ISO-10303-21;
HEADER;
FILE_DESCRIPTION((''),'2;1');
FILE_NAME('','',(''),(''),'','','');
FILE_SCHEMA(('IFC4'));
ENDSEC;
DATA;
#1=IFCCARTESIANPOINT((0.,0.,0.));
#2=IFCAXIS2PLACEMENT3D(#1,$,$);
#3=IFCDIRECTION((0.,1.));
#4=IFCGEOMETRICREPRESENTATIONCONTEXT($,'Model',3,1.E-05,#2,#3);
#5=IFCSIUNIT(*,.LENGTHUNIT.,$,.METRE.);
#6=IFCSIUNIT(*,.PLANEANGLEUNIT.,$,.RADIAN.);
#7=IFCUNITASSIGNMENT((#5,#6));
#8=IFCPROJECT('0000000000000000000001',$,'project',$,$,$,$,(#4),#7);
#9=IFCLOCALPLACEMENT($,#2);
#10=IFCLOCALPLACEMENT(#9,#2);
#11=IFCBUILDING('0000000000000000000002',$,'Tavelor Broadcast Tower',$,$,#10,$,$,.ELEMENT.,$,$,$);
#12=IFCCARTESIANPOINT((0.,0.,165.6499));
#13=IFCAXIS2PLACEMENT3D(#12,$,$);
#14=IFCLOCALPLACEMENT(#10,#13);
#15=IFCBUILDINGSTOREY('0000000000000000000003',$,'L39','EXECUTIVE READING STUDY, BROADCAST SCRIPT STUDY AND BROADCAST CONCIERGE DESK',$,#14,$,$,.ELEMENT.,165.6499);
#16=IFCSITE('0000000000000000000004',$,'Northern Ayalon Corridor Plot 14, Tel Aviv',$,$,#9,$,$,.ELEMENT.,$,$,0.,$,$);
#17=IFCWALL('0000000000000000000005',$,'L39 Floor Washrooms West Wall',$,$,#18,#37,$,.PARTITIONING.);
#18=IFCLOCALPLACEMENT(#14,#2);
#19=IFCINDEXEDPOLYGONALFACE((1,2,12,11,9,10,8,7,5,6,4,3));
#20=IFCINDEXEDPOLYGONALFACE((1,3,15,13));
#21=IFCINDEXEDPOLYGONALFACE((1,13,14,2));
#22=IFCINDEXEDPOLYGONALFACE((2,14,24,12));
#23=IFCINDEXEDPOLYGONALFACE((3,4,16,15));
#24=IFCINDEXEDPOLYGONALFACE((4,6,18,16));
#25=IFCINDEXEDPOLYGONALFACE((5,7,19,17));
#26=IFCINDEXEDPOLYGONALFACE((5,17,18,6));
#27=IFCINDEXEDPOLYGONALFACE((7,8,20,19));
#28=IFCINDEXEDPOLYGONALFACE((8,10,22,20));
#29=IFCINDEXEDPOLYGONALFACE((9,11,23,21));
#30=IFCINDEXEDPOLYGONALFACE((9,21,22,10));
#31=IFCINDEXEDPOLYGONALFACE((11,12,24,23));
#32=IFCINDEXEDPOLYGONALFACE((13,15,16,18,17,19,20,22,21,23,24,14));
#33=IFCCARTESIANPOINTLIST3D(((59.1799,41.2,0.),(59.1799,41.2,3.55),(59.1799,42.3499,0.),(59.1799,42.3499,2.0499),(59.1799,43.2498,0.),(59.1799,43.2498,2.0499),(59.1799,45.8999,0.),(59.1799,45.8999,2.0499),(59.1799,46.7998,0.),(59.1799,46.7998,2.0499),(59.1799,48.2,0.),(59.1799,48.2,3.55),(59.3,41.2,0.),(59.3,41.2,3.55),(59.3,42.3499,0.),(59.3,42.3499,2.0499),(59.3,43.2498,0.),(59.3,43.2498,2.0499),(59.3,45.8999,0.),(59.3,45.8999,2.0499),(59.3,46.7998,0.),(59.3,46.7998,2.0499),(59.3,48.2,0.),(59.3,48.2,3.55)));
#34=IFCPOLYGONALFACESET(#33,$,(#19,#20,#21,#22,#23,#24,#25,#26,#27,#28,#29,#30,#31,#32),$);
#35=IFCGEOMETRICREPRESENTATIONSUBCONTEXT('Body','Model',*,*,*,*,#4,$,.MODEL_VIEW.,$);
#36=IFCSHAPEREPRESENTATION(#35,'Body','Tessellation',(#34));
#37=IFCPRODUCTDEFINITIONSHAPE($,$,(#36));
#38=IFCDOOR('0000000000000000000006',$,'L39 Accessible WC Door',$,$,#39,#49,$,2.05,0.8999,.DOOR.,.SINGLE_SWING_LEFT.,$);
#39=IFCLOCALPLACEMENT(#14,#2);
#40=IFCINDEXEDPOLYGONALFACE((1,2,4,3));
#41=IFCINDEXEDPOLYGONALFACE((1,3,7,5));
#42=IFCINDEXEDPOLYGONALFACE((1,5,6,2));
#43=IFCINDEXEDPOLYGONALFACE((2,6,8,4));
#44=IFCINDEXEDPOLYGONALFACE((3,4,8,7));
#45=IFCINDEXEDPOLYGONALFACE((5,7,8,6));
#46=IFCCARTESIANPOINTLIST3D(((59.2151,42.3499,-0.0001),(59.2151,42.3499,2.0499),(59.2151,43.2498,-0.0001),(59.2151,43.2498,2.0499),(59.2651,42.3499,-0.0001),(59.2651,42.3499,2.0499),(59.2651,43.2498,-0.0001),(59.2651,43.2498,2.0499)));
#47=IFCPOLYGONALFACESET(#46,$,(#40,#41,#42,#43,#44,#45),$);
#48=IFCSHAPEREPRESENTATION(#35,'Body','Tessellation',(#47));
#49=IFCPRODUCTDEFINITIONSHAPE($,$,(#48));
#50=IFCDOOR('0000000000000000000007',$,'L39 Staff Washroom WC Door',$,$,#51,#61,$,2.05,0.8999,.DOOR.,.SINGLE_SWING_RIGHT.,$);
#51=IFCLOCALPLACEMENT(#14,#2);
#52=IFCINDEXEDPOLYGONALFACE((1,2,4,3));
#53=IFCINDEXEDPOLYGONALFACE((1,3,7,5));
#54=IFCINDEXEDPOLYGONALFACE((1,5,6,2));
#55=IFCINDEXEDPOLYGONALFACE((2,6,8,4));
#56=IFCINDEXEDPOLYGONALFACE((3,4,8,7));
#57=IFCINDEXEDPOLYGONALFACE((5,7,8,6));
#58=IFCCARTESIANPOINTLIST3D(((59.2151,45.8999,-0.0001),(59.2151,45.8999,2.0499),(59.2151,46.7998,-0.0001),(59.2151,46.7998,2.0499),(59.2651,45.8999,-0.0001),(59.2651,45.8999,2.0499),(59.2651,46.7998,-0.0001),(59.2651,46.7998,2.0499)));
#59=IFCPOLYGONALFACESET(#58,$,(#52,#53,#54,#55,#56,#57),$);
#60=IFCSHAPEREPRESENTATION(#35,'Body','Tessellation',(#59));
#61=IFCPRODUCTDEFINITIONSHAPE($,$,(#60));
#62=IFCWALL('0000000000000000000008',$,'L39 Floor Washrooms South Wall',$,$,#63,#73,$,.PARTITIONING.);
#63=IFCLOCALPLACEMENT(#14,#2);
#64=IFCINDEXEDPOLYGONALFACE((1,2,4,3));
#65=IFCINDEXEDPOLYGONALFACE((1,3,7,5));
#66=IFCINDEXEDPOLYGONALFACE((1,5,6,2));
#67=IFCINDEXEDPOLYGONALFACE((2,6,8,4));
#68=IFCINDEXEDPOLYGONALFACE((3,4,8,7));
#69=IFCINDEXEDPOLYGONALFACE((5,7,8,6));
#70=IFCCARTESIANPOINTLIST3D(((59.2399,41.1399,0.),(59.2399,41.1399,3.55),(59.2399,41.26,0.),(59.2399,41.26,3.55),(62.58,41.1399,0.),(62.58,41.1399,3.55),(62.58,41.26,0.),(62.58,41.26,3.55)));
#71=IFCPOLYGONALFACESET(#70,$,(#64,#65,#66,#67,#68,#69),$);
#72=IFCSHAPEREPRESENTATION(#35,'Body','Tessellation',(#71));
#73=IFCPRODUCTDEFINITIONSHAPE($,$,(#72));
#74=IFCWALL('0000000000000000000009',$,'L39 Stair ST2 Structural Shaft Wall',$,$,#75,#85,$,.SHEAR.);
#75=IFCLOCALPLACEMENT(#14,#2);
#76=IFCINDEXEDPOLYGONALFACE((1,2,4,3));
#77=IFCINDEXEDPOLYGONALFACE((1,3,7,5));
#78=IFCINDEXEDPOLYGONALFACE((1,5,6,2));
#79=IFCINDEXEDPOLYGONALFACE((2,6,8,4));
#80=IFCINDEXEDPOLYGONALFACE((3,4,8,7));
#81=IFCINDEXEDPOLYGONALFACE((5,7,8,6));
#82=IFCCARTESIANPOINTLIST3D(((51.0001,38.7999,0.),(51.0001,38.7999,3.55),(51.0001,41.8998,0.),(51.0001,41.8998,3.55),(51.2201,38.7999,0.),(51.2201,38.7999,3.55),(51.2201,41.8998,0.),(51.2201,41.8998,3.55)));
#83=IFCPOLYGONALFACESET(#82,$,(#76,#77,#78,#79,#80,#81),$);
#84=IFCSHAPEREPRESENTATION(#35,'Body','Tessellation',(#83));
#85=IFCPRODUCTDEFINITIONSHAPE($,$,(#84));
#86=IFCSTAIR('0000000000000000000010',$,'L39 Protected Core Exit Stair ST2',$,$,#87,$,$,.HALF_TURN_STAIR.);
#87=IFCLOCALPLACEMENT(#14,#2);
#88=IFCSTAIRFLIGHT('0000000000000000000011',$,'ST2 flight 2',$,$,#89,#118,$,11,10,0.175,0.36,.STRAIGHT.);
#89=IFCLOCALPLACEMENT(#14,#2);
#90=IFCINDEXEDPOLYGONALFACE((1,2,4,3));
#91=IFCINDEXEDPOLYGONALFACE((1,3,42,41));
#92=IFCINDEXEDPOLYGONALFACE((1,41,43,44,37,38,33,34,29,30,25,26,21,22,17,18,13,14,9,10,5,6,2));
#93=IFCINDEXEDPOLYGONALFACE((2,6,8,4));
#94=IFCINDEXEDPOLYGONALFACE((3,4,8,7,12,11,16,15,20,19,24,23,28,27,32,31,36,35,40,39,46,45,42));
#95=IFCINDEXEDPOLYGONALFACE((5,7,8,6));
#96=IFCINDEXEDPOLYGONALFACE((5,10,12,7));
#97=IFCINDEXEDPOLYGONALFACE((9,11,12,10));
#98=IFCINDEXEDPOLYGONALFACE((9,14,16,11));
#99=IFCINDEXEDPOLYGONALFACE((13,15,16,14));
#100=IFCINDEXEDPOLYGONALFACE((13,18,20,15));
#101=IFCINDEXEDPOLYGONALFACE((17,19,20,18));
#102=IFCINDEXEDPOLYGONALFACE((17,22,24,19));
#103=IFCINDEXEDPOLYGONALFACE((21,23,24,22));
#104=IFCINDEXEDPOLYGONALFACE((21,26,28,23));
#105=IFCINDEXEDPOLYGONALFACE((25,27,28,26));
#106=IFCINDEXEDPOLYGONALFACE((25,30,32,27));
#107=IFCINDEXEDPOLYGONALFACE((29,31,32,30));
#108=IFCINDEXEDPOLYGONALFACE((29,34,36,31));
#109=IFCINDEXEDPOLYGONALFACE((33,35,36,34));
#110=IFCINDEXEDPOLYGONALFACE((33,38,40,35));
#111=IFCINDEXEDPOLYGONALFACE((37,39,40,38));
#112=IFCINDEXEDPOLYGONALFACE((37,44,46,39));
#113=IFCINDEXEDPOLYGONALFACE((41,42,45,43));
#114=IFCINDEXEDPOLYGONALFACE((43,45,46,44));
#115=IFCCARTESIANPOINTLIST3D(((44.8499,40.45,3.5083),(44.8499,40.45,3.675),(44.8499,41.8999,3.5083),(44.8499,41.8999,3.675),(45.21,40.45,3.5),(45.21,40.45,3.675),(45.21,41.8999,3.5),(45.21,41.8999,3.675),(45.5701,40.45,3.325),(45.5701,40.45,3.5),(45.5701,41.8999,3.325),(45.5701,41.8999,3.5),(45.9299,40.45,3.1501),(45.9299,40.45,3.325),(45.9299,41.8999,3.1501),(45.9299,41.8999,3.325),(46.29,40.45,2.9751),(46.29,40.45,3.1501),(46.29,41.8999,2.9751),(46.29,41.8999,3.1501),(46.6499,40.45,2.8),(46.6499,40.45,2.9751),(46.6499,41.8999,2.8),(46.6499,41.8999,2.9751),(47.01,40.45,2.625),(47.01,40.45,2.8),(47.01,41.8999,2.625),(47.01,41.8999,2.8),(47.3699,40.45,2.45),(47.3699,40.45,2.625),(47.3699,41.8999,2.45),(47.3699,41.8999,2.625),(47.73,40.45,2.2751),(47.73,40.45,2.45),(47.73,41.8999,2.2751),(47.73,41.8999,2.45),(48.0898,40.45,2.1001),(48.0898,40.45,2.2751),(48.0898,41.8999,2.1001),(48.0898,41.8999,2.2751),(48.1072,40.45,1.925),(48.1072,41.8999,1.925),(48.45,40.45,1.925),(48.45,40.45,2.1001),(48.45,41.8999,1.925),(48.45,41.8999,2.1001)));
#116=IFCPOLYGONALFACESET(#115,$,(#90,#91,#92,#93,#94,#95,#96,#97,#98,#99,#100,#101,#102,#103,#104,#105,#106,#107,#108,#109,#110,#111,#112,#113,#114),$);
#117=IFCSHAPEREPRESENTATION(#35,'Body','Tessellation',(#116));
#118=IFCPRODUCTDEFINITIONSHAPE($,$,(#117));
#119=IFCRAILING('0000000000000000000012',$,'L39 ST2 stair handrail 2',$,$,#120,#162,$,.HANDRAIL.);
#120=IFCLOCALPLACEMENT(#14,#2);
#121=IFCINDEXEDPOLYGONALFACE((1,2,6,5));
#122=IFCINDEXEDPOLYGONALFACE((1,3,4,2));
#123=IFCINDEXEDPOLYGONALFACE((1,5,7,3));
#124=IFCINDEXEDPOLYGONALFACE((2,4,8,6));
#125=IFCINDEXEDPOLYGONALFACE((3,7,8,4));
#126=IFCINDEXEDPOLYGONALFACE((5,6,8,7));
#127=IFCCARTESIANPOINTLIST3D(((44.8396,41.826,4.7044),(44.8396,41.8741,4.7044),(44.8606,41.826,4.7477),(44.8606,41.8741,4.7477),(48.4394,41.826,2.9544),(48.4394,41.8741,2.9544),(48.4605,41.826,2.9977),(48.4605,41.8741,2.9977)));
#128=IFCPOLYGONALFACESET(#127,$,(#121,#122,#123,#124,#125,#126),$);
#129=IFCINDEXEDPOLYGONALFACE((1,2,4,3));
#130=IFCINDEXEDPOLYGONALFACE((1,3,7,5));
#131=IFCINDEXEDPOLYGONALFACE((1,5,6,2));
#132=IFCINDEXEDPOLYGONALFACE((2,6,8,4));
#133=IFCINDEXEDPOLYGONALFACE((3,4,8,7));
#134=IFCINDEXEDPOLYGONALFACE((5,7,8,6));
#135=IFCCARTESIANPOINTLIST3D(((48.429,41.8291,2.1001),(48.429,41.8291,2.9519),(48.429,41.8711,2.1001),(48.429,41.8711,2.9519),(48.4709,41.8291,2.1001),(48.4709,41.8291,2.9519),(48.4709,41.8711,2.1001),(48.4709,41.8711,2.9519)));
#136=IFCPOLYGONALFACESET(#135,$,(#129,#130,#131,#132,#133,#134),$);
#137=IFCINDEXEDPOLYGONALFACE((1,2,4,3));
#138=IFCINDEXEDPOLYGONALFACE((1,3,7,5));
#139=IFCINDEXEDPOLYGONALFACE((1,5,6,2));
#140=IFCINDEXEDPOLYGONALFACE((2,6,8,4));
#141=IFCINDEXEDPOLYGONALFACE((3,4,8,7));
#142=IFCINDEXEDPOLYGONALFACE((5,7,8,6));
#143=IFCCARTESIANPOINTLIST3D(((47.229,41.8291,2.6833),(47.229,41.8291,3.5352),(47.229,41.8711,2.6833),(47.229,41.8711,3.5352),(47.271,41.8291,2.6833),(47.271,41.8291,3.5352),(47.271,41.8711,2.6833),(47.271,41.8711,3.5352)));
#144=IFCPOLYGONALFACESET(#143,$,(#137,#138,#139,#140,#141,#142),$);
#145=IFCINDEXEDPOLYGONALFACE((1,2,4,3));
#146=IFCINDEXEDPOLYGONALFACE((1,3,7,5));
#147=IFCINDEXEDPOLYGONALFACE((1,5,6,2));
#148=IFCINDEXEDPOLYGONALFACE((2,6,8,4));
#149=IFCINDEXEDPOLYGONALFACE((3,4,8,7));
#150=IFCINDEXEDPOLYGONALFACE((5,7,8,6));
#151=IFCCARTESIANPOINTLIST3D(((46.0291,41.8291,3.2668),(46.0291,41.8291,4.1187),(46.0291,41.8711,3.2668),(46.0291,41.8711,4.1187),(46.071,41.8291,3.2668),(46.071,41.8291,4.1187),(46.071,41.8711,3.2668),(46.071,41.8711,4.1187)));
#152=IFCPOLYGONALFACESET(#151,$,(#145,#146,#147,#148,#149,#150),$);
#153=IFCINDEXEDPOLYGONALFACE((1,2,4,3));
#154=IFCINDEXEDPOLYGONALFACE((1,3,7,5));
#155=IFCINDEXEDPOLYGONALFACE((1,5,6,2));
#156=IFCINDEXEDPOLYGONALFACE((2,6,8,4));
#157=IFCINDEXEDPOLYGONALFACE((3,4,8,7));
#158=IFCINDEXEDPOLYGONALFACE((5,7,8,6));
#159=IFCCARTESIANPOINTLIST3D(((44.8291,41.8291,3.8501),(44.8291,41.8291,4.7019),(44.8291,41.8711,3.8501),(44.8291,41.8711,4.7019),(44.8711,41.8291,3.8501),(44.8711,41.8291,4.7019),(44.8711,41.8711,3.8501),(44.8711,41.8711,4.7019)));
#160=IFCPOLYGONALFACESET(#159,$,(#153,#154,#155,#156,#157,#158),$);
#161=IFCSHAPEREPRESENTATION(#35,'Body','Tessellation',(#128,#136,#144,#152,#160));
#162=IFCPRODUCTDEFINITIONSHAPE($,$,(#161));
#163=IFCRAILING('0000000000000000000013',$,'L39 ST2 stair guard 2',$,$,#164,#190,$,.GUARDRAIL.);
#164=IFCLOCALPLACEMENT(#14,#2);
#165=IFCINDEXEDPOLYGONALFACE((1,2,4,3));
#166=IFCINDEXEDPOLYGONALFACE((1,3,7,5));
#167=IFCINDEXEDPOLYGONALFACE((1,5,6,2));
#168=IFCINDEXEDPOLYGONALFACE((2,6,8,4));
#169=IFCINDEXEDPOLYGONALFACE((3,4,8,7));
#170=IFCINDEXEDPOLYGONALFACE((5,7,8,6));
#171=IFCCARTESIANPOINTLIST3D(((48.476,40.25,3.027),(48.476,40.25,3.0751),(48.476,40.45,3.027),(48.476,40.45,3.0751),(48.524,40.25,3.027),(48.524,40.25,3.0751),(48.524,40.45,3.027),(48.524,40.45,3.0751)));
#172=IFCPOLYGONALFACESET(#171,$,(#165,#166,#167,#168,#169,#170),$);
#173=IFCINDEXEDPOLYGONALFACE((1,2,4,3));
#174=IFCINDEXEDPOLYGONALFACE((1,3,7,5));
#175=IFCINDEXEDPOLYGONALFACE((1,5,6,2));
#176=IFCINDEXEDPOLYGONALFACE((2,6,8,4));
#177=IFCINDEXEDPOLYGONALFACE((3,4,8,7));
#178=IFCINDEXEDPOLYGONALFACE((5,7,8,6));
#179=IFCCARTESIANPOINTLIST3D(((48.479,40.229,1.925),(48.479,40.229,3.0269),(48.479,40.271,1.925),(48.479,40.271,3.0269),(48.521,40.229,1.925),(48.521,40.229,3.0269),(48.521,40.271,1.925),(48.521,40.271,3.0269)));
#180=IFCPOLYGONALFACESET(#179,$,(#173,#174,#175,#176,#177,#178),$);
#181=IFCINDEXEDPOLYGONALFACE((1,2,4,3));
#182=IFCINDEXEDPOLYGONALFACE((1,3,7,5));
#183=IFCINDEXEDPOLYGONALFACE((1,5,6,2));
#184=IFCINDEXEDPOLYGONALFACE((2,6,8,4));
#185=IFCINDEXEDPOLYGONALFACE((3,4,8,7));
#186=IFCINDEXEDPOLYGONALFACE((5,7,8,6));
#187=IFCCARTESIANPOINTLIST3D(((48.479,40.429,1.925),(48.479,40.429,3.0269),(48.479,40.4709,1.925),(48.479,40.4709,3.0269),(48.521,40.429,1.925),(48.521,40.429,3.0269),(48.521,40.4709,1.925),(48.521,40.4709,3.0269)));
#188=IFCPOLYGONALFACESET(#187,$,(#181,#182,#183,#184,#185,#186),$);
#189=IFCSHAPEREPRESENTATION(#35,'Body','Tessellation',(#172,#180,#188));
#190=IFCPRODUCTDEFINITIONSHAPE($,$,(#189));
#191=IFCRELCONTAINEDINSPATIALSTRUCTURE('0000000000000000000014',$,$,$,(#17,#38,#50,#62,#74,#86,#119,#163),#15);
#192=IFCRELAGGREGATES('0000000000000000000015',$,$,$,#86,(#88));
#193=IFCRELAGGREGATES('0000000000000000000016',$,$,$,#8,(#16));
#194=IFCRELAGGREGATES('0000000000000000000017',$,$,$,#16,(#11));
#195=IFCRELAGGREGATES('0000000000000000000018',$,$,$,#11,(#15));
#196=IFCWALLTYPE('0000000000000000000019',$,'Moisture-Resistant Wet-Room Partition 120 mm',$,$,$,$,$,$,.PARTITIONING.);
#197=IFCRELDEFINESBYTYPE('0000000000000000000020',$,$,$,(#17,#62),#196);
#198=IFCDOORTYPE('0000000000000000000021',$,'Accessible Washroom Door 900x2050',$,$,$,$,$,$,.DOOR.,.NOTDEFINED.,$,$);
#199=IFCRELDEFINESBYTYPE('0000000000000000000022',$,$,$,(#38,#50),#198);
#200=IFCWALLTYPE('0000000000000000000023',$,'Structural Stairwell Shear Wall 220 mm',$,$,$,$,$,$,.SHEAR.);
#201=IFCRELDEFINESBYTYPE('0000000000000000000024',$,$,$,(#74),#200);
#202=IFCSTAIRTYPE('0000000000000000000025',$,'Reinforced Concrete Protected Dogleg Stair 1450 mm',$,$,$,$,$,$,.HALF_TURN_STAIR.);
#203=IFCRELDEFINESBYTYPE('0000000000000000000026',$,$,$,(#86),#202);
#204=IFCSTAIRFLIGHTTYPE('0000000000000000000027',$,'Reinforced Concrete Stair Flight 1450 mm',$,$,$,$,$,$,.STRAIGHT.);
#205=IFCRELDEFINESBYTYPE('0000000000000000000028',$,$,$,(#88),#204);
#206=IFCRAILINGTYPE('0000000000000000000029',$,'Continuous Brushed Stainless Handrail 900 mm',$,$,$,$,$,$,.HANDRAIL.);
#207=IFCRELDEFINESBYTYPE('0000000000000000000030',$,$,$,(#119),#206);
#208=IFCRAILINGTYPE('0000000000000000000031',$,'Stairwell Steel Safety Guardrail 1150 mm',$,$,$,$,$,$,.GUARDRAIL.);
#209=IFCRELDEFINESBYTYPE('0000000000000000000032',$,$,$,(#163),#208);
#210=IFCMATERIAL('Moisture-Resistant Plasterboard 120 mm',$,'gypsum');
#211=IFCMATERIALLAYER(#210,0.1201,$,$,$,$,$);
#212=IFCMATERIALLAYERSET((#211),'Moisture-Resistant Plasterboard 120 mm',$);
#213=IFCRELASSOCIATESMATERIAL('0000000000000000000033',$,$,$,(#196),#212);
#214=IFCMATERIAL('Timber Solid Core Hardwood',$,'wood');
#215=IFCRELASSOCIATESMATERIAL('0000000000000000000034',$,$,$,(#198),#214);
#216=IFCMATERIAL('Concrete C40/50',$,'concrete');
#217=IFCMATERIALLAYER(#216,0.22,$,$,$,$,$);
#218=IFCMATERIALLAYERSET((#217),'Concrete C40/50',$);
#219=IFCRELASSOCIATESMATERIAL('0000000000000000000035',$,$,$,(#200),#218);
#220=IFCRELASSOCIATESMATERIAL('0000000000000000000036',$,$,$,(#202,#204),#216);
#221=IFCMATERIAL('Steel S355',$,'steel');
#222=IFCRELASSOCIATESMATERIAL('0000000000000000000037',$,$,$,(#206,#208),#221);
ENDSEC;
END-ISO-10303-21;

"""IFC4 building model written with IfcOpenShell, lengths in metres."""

from ifc_helpers import new_model, si_unit, direction, frame, frame_2d, origin, origin_2d, place, context, subcontext, project, spatial, polyline, rectangle, outline, extrude, material, layer, layer_set, type_object, element, fill, aggregate, save


model = new_model("IFC4")

# Units and contexts
model_context = context("Model", 3, precision=1e-05, world=origin(), true_north=direction((0.0, 1.0)))
body_context = subcontext(model_context, "Body", "Model", "MODEL_VIEW")
ifc_project = project(units=[si_unit("LENGTHUNIT", "METRE"), si_unit("PLANEANGLEUNIT", "RADIAN")], contexts=[model_context])

# Site, building, storey
site_placement = place(None, origin())
site = spatial("IfcSite", under=ifc_project, at=site_placement, Name="Northern Ayalon Corridor Plot 14, Tel Aviv", CompositionType="ELEMENT", RefElevation=0.0)
building_placement = place(site_placement, origin())
building = spatial("IfcBuilding", under=site, at=building_placement, Name="Tavelor Broadcast Tower", CompositionType="ELEMENT")
storey_placement = place(building_placement, frame((0.0, 0.0, 165.6499)))
storey = spatial("IfcBuildingStorey", under=building, at=storey_placement, Name="L39", Description="EXECUTIVE READING STUDY, BROADCAST SCRIPT STUDY AND BROADCAST CONCIERGE DESK", CompositionType="ELEMENT", Elevation=165.6499)

# Shared definitions
ifc_material_1 = material(Name="Concrete C40/50", Category="concrete")
ifc_material_2 = material(Name="Steel S355", Category="steel")

# Shared definitions
ifc_material_3 = material(Name="Timber Solid Core Hardwood", Category="wood")

# Wall, openings, doors
ifc_material_4 = material(Name="Moisture-Resistant Plasterboard 120 mm", Category="gypsum")
ifc_layer_1 = layer(ifc_material_4, 0.1201)
ifc_layer_set_1 = layer_set([ifc_layer_1], Name="Moisture-Resistant Plasterboard 120 mm")
wall_type_1 = type_object("IfcWallType", Name="Moisture-Resistant Wet-Room Partition 120 mm", PredefinedType="PARTITIONING", material=ifc_layer_set_1)
wall_1_placement = place(storey_placement, frame((59.24, 41.2, 0.0), z_axis=(0.0, 0.0, 1.0), x_axis=(0.0, 1.0, 0.0)))
wall_1 = element("IfcWall", 1, at=wall_1_placement, inside=storey, type_object=wall_type_1, Name="L39 Floor Washrooms West Wall", PredefinedType="PARTITIONING", context=body_context, shape_type="SweptSolid", body=[
    extrude(rectangle(XDim=7.0, YDim=0.1201, at=frame_2d((3.5, 0.0))), origin(), (0.0, 0.0, 1.0), 3.55),
])
opening_1_placement = place(wall_1_placement, frame((1.1499, 0.0, 0.0)))
opening_1 = element("IfcOpeningElement", 2, at=opening_1_placement, cuts=wall_1, PredefinedType="OPENING", context=body_context, shape_type="SweptSolid", body=[
    extrude(rectangle(XDim=0.8999, YDim=2.05, at=frame_2d((0.45, 1.0249))), frame((0.0, 0.0701, 0.0), z_axis=(0.0, -1.0, 0.0), x_axis=(1.0, 0.0, 0.0)), (0.0, 0.0, 1.0), 0.1401),
])
opening_2_placement = place(wall_1_placement, frame((4.7, 0.0, 0.0)))
opening_2 = element("IfcOpeningElement", 3, at=opening_2_placement, cuts=wall_1, PredefinedType="OPENING", context=body_context, shape_type="SweptSolid", body=[
    extrude(rectangle(XDim=0.8999, YDim=2.05, at=frame_2d((0.45, 1.0249))), frame((0.0, 0.0701, 0.0), z_axis=(0.0, -1.0, 0.0), x_axis=(1.0, 0.0, 0.0)), (0.0, 0.0, 1.0), 0.1401),
])
door_type_1 = type_object("IfcDoorType", Name="Accessible Washroom Door 900x2050", OperationType="NOTDEFINED", PredefinedType="DOOR", material=ifc_material_3)
door_1_placement = place(opening_1_placement, origin())
door_1 = element("IfcDoor", 4, at=door_1_placement, inside=storey, type_object=door_type_1, Name="L39 Accessible WC Door", OperationType="SINGLE_SWING_LEFT", OverallHeight=2.05, OverallWidth=0.8999, PredefinedType="DOOR", context=body_context, shape_type="SweptSolid", body=[
    extrude(rectangle(XDim=0.8999, YDim=2.05, at=frame_2d((0.45, 1.0249))), frame((0.0, 0.0249, 0.0), z_axis=(0.0, -1.0, 0.0), x_axis=(1.0, 0.0, 0.0)), (0.0, 0.0, 1.0), 0.05),
])
fill(opening_1, door_1)
door_2_placement = place(opening_2_placement, origin())
door_2 = element("IfcDoor", 5, at=door_2_placement, inside=storey, type_object=door_type_1, Name="L39 Staff Washroom WC Door", OperationType="SINGLE_SWING_RIGHT", OverallHeight=2.05, OverallWidth=0.8999, PredefinedType="DOOR", context=body_context, shape_type="SweptSolid", body=[
    extrude(rectangle(XDim=0.8999, YDim=2.05, at=frame_2d((0.45, 1.0249))), frame((0.0, 0.0249, 0.0), z_axis=(0.0, -1.0, 0.0), x_axis=(1.0, 0.0, 0.0)), (0.0, 0.0, 1.0), 0.05),
])
fill(opening_2, door_2)

# Walls
wall_2_placement = place(storey_placement, frame((59.24, 41.2, 0.0), z_axis=(0.0, 0.0, 1.0), x_axis=(1.0, 0.0, 0.0)))
element("IfcWall", 6, at=wall_2_placement, inside=storey, type_object=wall_type_1, Name="L39 Floor Washrooms South Wall", PredefinedType="PARTITIONING", context=body_context, shape_type="SweptSolid", body=[
    extrude(rectangle(XDim=3.3401, YDim=0.1201, at=frame_2d((1.6699, 0.0))), origin(), (0.0, 0.0, 1.0), 3.55),
])
ifc_layer_2 = layer(ifc_material_1, 0.22)
ifc_layer_set_2 = layer_set([ifc_layer_2], Name="Concrete C40/50")
wall_type_2 = type_object("IfcWallType", Name="Structural Stairwell Shear Wall 220 mm", PredefinedType="SHEAR", material=ifc_layer_set_2)
wall_3_placement = place(storey_placement, frame((51.1101, 38.8, 0.0), z_axis=(0.0, 0.0, 1.0), x_axis=(0.0, 1.0, 0.0)))
element("IfcWall", 7, at=wall_3_placement, inside=storey, type_object=wall_type_2, Name="L39 Stair ST2 Structural Shaft Wall", PredefinedType="SHEAR", context=body_context, shape_type="SweptSolid", body=[
    extrude(rectangle(XDim=3.0999, YDim=0.22, at=frame_2d((1.5498, 0.0))), origin(), (0.0, 0.0, 1.0), 3.55),
])

# Stair, stair flight
stair_type = type_object("IfcStairType", Name="Reinforced Concrete Protected Dogleg Stair 1450 mm", PredefinedType="HALF_TURN_STAIR", material=ifc_material_1)
stair_placement = place(storey_placement, origin())
stair = element("IfcStair", 8, at=stair_placement, inside=storey, type_object=stair_type, Name="L39 Protected Core Exit Stair ST2", PredefinedType="HALF_TURN_STAIR")
stair_flight_type = type_object("IfcStairFlightType", Name="Reinforced Concrete Stair Flight 1450 mm", PredefinedType="STRAIGHT", material=ifc_material_1)
stair_flight_placement = place(storey_placement, frame((48.45, 41.175, 1.925), z_axis=(0.0, 0.0, 1.0), x_axis=(-1.0, 0.0, 0.0)))
stair_flight = element("IfcStairFlight", 9, at=stair_flight_placement, type_object=stair_flight_type, Name="ST2 flight 2", NumberOfRisers=11, NumberOfTreads=10, PredefinedType="STRAIGHT", RiserHeight=0.175, TreadLength=0.36, context=body_context, shape_type="SweptSolid", body=[
    extrude(outline(polyline([(0.0, 0.0), (0.0, 0.175), (0.3601, 0.175), (0.3601, 0.3501), (0.72, 0.3501), (0.72, 0.5249), (1.0801, 0.5249), (1.0801, 0.7), (1.4399, 0.7), (1.4399, 0.875), (1.8, 0.875), (1.8, 1.05), (2.1599, 1.05), (2.1599, 1.2251), (2.52, 1.2251), (2.52, 1.3999), (2.8799, 1.3999), (2.8799, 1.575), (3.24, 1.575), (3.24, 1.75), (3.6001, 1.75), (3.6001, 1.925), (3.6001, 1.5833), (0.3428, 0.0), (0.0, 0.0)])), frame((0.0, 0.7251, 0.0), z_axis=(0.0, -1.0, 0.0), x_axis=(1.0, 0.0, 0.0)), (0.0, 0.0, 1.0), 1.45),
])
aggregate(stair, [stair_flight])

# Railings
railing_type_1 = type_object("IfcRailingType", Name="Continuous Brushed Stainless Handrail 900 mm", PredefinedType="HANDRAIL", material=ifc_material_2)
railing_1_placement = place(storey_placement, frame((48.45, 41.8501, 2.1001)))
element("IfcRailing", 10, at=railing_1_placement, inside=storey, type_object=railing_type_1, Name="L39 ST2 stair handrail 2", PredefinedType="HANDRAIL", context=body_context, shape_type="SweptSolid", body=[
    extrude(rectangle(XDim=0.0481, YDim=0.0481, at=origin_2d()), frame((0.0, 0.0, 0.876), z_axis=(-0.899361, 0.0, 0.437207), x_axis=(0.0, -1.0, 0.0)), (0.0, 0.0, 1.0), 4.0027),
    extrude(rectangle(XDim=0.042, YDim=0.042, at=origin_2d()), origin(), (0.0, 0.0, 1.0), 0.8518),
    extrude(rectangle(XDim=0.042, YDim=0.042, at=origin_2d()), frame((-1.2, 0.0, 0.5833)), (0.0, 0.0, 1.0), 0.8518),
    extrude(rectangle(XDim=0.042, YDim=0.042, at=origin_2d()), frame((-2.3999, 0.0, 1.1667)), (0.0, 0.0, 1.0), 0.8518),
    extrude(rectangle(XDim=0.042, YDim=0.042, at=origin_2d()), frame((-3.5999, 0.0, 1.75)), (0.0, 0.0, 1.0), 0.8518),
])
railing_type_2 = type_object("IfcRailingType", Name="Stairwell Steel Safety Guardrail 1150 mm", PredefinedType="GUARDRAIL", material=ifc_material_2)
railing_2_placement = place(storey_placement, frame((48.5, 40.25, 1.925)))
element("IfcRailing", 11, at=railing_2_placement, inside=storey, type_object=railing_type_2, Name="L39 ST2 stair guard 2", PredefinedType="GUARDRAIL", context=body_context, shape_type="SweptSolid", body=[
    extrude(rectangle(XDim=0.0481, YDim=0.0481, at=origin_2d()), frame((0.0, 0.0, 1.126), z_axis=(0.0, 1.0, 0.0), x_axis=(-1.0, 0.0, 0.0)), (0.0, 0.0, 1.0), 0.2),
    extrude(rectangle(XDim=0.042, YDim=0.042, at=origin_2d()), origin(), (0.0, 0.0, 1.0), 1.1018),
    extrude(rectangle(XDim=0.042, YDim=0.042, at=origin_2d()), frame((0.0, 0.2, 0.0)), (0.0, 0.0, 1.0), 1.1018),
])

save(model, "model.ifc")
